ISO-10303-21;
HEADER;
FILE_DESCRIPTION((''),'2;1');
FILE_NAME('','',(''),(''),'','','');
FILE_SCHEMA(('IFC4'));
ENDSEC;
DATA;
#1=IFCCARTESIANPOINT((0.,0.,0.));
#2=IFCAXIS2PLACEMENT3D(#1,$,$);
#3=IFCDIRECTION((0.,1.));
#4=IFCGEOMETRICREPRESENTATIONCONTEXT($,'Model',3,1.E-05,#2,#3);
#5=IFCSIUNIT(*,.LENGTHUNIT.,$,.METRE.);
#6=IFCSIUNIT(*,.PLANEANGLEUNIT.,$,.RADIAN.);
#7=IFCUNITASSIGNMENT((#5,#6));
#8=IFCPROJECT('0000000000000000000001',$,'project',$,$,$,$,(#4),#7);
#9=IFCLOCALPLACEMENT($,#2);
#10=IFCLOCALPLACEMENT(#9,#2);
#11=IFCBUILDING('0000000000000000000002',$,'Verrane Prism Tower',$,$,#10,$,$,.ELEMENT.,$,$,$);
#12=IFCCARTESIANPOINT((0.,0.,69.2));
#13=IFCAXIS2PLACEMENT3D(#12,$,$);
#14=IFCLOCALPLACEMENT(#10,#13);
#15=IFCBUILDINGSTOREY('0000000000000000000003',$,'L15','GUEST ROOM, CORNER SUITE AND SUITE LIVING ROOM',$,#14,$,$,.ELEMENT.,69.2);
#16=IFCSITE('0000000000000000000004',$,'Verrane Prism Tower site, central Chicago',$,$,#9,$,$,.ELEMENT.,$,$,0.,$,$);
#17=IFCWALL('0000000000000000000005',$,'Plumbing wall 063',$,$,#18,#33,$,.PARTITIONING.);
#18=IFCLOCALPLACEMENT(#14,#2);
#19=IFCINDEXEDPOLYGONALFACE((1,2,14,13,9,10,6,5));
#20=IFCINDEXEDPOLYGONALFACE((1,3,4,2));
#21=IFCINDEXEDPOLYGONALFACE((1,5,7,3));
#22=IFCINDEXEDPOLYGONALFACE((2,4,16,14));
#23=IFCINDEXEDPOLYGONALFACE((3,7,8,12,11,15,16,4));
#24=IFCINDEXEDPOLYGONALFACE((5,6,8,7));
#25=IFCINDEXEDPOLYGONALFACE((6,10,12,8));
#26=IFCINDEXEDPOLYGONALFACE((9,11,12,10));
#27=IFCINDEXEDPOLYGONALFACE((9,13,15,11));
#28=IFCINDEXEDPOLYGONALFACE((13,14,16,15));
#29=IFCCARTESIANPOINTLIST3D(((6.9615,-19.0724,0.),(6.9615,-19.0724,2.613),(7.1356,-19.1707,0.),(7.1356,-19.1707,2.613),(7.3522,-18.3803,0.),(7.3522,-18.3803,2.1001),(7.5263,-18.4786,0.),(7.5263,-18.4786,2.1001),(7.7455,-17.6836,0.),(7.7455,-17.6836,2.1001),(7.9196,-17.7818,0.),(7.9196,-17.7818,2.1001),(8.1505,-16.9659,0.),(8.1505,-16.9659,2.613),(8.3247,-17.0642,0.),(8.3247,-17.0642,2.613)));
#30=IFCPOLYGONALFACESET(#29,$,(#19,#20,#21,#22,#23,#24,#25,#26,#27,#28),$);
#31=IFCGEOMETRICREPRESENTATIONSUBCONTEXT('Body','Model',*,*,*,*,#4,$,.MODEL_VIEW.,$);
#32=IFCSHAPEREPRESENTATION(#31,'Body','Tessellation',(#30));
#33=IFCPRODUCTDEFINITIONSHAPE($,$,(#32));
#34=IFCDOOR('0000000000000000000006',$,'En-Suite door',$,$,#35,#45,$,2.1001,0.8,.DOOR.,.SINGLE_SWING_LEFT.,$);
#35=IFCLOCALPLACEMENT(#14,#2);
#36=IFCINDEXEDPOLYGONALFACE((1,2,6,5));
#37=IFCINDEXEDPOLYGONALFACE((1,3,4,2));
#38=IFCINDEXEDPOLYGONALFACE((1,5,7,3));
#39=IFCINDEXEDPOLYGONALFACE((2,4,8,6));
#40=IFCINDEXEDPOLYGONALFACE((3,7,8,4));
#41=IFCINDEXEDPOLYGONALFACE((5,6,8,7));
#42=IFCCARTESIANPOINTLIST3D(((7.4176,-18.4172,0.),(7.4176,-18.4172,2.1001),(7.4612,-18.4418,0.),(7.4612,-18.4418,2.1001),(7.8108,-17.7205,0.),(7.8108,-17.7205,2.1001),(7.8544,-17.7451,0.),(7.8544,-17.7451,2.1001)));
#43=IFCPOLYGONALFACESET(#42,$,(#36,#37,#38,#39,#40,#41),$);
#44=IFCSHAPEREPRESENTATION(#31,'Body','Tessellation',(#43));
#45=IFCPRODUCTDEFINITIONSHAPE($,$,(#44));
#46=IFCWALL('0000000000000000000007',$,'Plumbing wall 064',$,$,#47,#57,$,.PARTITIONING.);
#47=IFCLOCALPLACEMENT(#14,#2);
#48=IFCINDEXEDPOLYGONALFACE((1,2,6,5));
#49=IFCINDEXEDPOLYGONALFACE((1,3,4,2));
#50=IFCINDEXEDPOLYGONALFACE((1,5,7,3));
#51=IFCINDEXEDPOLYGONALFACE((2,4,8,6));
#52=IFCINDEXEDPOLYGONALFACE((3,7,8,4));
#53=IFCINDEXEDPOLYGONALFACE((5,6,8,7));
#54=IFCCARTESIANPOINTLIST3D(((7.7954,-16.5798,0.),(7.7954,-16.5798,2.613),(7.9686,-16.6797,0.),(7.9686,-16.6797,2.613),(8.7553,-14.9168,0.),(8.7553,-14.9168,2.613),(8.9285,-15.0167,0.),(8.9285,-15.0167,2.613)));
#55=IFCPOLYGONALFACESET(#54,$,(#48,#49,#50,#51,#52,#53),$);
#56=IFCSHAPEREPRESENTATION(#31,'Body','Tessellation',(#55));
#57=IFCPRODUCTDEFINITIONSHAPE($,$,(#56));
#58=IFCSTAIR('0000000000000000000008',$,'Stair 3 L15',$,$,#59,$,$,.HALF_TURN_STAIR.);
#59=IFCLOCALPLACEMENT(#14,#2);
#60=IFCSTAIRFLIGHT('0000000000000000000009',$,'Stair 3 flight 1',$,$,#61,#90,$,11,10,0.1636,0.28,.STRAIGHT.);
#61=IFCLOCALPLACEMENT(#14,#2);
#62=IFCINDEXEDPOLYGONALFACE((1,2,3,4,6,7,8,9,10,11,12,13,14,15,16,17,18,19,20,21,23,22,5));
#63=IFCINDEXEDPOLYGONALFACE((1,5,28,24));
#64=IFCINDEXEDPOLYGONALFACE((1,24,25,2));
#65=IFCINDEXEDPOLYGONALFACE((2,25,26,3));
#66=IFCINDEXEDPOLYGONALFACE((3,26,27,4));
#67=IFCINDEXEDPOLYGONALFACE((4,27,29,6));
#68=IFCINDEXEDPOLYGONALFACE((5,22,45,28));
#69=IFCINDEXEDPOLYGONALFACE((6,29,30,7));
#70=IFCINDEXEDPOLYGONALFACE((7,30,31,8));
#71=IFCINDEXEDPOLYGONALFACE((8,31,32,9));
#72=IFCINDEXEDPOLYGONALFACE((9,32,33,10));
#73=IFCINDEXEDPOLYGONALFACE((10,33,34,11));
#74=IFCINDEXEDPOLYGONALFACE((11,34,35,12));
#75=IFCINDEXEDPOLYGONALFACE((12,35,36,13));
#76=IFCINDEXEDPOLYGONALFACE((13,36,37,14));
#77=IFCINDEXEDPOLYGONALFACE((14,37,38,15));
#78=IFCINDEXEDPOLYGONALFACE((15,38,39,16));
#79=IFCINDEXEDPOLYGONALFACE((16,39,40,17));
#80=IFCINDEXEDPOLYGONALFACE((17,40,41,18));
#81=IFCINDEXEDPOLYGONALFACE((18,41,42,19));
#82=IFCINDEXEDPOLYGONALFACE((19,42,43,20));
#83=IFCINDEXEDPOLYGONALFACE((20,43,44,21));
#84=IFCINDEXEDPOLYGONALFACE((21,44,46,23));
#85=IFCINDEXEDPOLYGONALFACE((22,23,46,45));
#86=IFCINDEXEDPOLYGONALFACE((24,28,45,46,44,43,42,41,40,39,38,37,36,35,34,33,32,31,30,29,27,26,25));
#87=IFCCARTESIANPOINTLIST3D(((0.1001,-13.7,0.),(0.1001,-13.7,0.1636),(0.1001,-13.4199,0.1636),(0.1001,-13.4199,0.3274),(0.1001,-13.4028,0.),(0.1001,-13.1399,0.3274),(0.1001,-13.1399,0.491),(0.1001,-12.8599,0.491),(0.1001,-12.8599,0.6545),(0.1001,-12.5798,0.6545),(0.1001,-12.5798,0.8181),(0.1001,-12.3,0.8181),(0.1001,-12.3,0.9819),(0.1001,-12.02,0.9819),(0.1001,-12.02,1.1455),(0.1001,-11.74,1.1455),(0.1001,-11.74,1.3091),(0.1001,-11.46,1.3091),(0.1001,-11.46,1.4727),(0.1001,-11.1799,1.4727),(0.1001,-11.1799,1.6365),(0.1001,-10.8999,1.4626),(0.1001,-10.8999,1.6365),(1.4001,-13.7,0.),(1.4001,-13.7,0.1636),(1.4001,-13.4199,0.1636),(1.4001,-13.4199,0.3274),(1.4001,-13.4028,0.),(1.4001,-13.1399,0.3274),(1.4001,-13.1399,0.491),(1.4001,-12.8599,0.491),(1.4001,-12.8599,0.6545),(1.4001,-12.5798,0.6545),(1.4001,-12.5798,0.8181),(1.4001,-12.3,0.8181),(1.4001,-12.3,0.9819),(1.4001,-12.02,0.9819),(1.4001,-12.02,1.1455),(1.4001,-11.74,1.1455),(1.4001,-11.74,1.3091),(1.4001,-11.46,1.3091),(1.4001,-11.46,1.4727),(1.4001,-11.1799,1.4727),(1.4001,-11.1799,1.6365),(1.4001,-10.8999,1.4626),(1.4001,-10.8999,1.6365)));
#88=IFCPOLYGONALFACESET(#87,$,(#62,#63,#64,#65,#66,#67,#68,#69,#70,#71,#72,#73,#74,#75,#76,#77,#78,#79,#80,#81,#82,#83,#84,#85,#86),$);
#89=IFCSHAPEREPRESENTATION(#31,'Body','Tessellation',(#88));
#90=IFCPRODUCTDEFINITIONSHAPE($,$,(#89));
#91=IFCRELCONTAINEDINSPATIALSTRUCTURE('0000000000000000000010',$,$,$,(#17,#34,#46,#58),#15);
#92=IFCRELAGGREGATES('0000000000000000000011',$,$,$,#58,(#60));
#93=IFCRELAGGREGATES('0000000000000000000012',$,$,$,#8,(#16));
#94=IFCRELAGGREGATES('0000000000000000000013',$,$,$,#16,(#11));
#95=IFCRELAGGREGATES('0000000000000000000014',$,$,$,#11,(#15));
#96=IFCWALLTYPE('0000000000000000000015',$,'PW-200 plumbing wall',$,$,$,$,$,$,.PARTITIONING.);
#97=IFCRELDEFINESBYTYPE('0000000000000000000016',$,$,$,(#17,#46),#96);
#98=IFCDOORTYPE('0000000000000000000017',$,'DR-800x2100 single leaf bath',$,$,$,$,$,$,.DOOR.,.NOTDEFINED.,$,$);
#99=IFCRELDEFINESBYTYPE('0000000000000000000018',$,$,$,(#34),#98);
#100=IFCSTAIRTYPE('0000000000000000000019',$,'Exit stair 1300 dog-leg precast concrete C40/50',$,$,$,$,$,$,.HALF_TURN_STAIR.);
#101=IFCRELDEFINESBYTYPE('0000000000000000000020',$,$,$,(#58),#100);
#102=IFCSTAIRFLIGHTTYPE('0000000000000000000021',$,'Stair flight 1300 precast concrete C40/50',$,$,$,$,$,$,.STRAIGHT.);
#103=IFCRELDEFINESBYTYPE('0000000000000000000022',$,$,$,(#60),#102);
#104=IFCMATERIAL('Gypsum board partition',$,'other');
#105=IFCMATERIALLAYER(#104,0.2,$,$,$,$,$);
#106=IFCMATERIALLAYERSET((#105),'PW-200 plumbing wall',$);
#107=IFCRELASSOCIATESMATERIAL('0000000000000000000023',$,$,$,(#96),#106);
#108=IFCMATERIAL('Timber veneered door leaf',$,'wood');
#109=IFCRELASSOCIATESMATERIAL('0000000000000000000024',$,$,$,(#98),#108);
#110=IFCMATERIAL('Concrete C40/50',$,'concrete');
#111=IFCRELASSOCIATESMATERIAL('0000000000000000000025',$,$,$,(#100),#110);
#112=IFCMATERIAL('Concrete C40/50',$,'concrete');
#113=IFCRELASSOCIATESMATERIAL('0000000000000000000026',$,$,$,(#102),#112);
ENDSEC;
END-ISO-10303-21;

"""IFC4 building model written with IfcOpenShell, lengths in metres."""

from ifc_helpers import new_model, si_unit, direction, frame, frame_2d, origin, place, context, subcontext, project, spatial, polyline, rectangle, outline, extrude, material, layer, layer_set, type_object, element, fill, aggregate, save


model = new_model("IFC4")

# Units and contexts
model_context = context("Model", 3, precision=1e-05, world=origin(), true_north=direction((0.0, 1.0)))
body_context = subcontext(model_context, "Body", "Model", "MODEL_VIEW")
ifc_project = project(units=[si_unit("LENGTHUNIT", "METRE"), si_unit("PLANEANGLEUNIT", "RADIAN")], contexts=[model_context])

# Site, building, storey
site_placement = place(None, origin())
site = spatial("IfcSite", under=ifc_project, at=site_placement, Name="Verrane Prism Tower site, central Chicago", CompositionType="ELEMENT", RefElevation=0.0)
building_placement = place(site_placement, origin())
building = spatial("IfcBuilding", under=site, at=building_placement, Name="Verrane Prism Tower", CompositionType="ELEMENT")
storey_placement = place(building_placement, frame((0.0, 0.0, 69.2)))
storey = spatial("IfcBuildingStorey", under=building, at=storey_placement, Name="L15", Description="GUEST ROOM, CORNER SUITE AND SUITE LIVING ROOM", CompositionType="ELEMENT", Elevation=69.2)

# Shared definitions
ifc_material_1 = material(Name="Gypsum board partition", Category="other")
ifc_layer_1 = layer(ifc_material_1, 0.2)
ifc_layer_set_1 = layer_set([ifc_layer_1], Name="PW-200 plumbing wall")
wall_type_1 = type_object("IfcWallType", Name="PW-200 plumbing wall", PredefinedType="PARTITIONING", material=ifc_layer_set_1)

# Wall, opening, door
ifc_material_2 = material(Name="Timber veneered door leaf", Category="wood")
door_type_1 = type_object("IfcDoorType", Name="DR-800x2100 single leaf bath", OperationType="NOTDEFINED", PredefinedType="DOOR", material=ifc_material_2)
wall_1_placement = place(storey_placement, frame((7.0486, -19.1216, 0.0), z_axis=(0.0, 0.0, 1.0), x_axis=(0.491545, 0.870852, 0.0)))
wall_1 = element("IfcWall", 1, at=wall_1_placement, inside=storey, type_object=wall_type_1, Name="Plumbing wall 063", PredefinedType="PARTITIONING", context=body_context, shape_type="SweptSolid", body=[
    extrude(rectangle(XDim=2.4189, YDim=0.2, at=frame_2d((1.2095, 0.0))), origin(), (0.0, 0.0, 1.0), 2.613),
])
opening_1_placement = place(wall_1_placement, frame((0.7949, 0.0, 0.0)))
opening_1 = element("IfcOpeningElement", 2, at=opening_1_placement, cuts=wall_1, PredefinedType="OPENING", context=body_context, shape_type="SweptSolid", body=[
    extrude(rectangle(XDim=0.8, YDim=2.1001, at=frame_2d((0.3999, 1.05))), frame((0.0, 0.1099, 0.0), z_axis=(0.0, -1.0, 0.0), x_axis=(1.0, 0.0, 0.0)), (0.0, 0.0, 1.0), 0.22),
])
door_1_placement = place(opening_1_placement, origin())
door_1 = element("IfcDoor", 3, at=door_1_placement, inside=storey, type_object=door_type_1, Name="En-Suite door", OperationType="SINGLE_SWING_LEFT", OverallHeight=2.1001, OverallWidth=0.8, PredefinedType="DOOR", context=body_context, shape_type="SweptSolid", body=[
    extrude(rectangle(XDim=0.8, YDim=2.1001, at=frame_2d((0.3999, 1.05))), frame((0.0, 0.0249, 0.0), z_axis=(0.0, -1.0, 0.0), x_axis=(1.0, 0.0, 0.0)), (0.0, 0.0, 1.0), 0.05),
])
fill(opening_1, door_1)

# Wall
wall_2_placement = place(storey_placement, frame((7.8821, -16.6296, 0.0), z_axis=(0.0, 0.0, 1.0), x_axis=(0.499913, 0.866075, 0.0)))
element("IfcWall", 4, at=wall_2_placement, inside=storey, type_object=wall_type_1, Name="Plumbing wall 064", PredefinedType="PARTITIONING", context=body_context, shape_type="SweptSolid", body=[
    extrude(rectangle(XDim=1.9202, YDim=0.2, at=frame_2d((0.96, 0.0))), origin(), (0.0, 0.0, 1.0), 2.613),
])

# Stair, stair flight
ifc_material_3 = material(Name="Concrete C40/50", Category="concrete")
stair_type = type_object("IfcStairType", Name="Exit stair 1300 dog-leg precast concrete C40/50", PredefinedType="HALF_TURN_STAIR", material=ifc_material_3)
stair_placement = place(storey_placement, origin())
stair = element("IfcStair", 5, at=stair_placement, inside=storey, type_object=stair_type, Name="Stair 3 L15", PredefinedType="HALF_TURN_STAIR")
ifc_material_4 = material(Name="Concrete C40/50", Category="concrete")
stair_flight_type = type_object("IfcStairFlightType", Name="Stair flight 1300 precast concrete C40/50", PredefinedType="STRAIGHT", material=ifc_material_4)
stair_flight_placement = place(storey_placement, frame((0.75, -13.7, 0.0), z_axis=(0.0, 0.0, 1.0), x_axis=(0.0, 1.0, 0.0)))
stair_flight = element("IfcStairFlight", 6, at=stair_flight_placement, type_object=stair_flight_type, Name="Stair 3 flight 1", NumberOfRisers=11, NumberOfTreads=10, PredefinedType="STRAIGHT", RiserHeight=0.1636, TreadLength=0.28, context=body_context, shape_type="SweptSolid", body=[
    extrude(outline(polyline([(0.0, 0.0), (0.0, 0.1636), (0.28, 0.1636), (0.28, 0.3274), (0.5601, 0.3274), (0.5601, 0.491), (0.8401, 0.491), (0.8401, 0.6545), (1.1201, 0.6545), (1.1201, 0.8181), (1.3999, 0.8181), (1.3999, 0.9819), (1.6799, 0.9819), (1.6799, 1.1455), (1.96, 1.1455), (1.96, 1.3091), (2.24, 1.3091), (2.24, 1.4727), (2.52, 1.4727), (2.52, 1.6365), (2.8, 1.6365), (2.8, 1.8), (2.8, 1.4626), (0.2971, 0.0), (0.0, 0.0)])), frame((0.0, 0.6499, 0.0), z_axis=(0.0, -1.0, 0.0), x_axis=(1.0, 0.0, 0.0)), (0.0, 0.0, 1.0), 1.3),
])
aggregate(stair, [stair_flight])

save(model, "model.ifc")
